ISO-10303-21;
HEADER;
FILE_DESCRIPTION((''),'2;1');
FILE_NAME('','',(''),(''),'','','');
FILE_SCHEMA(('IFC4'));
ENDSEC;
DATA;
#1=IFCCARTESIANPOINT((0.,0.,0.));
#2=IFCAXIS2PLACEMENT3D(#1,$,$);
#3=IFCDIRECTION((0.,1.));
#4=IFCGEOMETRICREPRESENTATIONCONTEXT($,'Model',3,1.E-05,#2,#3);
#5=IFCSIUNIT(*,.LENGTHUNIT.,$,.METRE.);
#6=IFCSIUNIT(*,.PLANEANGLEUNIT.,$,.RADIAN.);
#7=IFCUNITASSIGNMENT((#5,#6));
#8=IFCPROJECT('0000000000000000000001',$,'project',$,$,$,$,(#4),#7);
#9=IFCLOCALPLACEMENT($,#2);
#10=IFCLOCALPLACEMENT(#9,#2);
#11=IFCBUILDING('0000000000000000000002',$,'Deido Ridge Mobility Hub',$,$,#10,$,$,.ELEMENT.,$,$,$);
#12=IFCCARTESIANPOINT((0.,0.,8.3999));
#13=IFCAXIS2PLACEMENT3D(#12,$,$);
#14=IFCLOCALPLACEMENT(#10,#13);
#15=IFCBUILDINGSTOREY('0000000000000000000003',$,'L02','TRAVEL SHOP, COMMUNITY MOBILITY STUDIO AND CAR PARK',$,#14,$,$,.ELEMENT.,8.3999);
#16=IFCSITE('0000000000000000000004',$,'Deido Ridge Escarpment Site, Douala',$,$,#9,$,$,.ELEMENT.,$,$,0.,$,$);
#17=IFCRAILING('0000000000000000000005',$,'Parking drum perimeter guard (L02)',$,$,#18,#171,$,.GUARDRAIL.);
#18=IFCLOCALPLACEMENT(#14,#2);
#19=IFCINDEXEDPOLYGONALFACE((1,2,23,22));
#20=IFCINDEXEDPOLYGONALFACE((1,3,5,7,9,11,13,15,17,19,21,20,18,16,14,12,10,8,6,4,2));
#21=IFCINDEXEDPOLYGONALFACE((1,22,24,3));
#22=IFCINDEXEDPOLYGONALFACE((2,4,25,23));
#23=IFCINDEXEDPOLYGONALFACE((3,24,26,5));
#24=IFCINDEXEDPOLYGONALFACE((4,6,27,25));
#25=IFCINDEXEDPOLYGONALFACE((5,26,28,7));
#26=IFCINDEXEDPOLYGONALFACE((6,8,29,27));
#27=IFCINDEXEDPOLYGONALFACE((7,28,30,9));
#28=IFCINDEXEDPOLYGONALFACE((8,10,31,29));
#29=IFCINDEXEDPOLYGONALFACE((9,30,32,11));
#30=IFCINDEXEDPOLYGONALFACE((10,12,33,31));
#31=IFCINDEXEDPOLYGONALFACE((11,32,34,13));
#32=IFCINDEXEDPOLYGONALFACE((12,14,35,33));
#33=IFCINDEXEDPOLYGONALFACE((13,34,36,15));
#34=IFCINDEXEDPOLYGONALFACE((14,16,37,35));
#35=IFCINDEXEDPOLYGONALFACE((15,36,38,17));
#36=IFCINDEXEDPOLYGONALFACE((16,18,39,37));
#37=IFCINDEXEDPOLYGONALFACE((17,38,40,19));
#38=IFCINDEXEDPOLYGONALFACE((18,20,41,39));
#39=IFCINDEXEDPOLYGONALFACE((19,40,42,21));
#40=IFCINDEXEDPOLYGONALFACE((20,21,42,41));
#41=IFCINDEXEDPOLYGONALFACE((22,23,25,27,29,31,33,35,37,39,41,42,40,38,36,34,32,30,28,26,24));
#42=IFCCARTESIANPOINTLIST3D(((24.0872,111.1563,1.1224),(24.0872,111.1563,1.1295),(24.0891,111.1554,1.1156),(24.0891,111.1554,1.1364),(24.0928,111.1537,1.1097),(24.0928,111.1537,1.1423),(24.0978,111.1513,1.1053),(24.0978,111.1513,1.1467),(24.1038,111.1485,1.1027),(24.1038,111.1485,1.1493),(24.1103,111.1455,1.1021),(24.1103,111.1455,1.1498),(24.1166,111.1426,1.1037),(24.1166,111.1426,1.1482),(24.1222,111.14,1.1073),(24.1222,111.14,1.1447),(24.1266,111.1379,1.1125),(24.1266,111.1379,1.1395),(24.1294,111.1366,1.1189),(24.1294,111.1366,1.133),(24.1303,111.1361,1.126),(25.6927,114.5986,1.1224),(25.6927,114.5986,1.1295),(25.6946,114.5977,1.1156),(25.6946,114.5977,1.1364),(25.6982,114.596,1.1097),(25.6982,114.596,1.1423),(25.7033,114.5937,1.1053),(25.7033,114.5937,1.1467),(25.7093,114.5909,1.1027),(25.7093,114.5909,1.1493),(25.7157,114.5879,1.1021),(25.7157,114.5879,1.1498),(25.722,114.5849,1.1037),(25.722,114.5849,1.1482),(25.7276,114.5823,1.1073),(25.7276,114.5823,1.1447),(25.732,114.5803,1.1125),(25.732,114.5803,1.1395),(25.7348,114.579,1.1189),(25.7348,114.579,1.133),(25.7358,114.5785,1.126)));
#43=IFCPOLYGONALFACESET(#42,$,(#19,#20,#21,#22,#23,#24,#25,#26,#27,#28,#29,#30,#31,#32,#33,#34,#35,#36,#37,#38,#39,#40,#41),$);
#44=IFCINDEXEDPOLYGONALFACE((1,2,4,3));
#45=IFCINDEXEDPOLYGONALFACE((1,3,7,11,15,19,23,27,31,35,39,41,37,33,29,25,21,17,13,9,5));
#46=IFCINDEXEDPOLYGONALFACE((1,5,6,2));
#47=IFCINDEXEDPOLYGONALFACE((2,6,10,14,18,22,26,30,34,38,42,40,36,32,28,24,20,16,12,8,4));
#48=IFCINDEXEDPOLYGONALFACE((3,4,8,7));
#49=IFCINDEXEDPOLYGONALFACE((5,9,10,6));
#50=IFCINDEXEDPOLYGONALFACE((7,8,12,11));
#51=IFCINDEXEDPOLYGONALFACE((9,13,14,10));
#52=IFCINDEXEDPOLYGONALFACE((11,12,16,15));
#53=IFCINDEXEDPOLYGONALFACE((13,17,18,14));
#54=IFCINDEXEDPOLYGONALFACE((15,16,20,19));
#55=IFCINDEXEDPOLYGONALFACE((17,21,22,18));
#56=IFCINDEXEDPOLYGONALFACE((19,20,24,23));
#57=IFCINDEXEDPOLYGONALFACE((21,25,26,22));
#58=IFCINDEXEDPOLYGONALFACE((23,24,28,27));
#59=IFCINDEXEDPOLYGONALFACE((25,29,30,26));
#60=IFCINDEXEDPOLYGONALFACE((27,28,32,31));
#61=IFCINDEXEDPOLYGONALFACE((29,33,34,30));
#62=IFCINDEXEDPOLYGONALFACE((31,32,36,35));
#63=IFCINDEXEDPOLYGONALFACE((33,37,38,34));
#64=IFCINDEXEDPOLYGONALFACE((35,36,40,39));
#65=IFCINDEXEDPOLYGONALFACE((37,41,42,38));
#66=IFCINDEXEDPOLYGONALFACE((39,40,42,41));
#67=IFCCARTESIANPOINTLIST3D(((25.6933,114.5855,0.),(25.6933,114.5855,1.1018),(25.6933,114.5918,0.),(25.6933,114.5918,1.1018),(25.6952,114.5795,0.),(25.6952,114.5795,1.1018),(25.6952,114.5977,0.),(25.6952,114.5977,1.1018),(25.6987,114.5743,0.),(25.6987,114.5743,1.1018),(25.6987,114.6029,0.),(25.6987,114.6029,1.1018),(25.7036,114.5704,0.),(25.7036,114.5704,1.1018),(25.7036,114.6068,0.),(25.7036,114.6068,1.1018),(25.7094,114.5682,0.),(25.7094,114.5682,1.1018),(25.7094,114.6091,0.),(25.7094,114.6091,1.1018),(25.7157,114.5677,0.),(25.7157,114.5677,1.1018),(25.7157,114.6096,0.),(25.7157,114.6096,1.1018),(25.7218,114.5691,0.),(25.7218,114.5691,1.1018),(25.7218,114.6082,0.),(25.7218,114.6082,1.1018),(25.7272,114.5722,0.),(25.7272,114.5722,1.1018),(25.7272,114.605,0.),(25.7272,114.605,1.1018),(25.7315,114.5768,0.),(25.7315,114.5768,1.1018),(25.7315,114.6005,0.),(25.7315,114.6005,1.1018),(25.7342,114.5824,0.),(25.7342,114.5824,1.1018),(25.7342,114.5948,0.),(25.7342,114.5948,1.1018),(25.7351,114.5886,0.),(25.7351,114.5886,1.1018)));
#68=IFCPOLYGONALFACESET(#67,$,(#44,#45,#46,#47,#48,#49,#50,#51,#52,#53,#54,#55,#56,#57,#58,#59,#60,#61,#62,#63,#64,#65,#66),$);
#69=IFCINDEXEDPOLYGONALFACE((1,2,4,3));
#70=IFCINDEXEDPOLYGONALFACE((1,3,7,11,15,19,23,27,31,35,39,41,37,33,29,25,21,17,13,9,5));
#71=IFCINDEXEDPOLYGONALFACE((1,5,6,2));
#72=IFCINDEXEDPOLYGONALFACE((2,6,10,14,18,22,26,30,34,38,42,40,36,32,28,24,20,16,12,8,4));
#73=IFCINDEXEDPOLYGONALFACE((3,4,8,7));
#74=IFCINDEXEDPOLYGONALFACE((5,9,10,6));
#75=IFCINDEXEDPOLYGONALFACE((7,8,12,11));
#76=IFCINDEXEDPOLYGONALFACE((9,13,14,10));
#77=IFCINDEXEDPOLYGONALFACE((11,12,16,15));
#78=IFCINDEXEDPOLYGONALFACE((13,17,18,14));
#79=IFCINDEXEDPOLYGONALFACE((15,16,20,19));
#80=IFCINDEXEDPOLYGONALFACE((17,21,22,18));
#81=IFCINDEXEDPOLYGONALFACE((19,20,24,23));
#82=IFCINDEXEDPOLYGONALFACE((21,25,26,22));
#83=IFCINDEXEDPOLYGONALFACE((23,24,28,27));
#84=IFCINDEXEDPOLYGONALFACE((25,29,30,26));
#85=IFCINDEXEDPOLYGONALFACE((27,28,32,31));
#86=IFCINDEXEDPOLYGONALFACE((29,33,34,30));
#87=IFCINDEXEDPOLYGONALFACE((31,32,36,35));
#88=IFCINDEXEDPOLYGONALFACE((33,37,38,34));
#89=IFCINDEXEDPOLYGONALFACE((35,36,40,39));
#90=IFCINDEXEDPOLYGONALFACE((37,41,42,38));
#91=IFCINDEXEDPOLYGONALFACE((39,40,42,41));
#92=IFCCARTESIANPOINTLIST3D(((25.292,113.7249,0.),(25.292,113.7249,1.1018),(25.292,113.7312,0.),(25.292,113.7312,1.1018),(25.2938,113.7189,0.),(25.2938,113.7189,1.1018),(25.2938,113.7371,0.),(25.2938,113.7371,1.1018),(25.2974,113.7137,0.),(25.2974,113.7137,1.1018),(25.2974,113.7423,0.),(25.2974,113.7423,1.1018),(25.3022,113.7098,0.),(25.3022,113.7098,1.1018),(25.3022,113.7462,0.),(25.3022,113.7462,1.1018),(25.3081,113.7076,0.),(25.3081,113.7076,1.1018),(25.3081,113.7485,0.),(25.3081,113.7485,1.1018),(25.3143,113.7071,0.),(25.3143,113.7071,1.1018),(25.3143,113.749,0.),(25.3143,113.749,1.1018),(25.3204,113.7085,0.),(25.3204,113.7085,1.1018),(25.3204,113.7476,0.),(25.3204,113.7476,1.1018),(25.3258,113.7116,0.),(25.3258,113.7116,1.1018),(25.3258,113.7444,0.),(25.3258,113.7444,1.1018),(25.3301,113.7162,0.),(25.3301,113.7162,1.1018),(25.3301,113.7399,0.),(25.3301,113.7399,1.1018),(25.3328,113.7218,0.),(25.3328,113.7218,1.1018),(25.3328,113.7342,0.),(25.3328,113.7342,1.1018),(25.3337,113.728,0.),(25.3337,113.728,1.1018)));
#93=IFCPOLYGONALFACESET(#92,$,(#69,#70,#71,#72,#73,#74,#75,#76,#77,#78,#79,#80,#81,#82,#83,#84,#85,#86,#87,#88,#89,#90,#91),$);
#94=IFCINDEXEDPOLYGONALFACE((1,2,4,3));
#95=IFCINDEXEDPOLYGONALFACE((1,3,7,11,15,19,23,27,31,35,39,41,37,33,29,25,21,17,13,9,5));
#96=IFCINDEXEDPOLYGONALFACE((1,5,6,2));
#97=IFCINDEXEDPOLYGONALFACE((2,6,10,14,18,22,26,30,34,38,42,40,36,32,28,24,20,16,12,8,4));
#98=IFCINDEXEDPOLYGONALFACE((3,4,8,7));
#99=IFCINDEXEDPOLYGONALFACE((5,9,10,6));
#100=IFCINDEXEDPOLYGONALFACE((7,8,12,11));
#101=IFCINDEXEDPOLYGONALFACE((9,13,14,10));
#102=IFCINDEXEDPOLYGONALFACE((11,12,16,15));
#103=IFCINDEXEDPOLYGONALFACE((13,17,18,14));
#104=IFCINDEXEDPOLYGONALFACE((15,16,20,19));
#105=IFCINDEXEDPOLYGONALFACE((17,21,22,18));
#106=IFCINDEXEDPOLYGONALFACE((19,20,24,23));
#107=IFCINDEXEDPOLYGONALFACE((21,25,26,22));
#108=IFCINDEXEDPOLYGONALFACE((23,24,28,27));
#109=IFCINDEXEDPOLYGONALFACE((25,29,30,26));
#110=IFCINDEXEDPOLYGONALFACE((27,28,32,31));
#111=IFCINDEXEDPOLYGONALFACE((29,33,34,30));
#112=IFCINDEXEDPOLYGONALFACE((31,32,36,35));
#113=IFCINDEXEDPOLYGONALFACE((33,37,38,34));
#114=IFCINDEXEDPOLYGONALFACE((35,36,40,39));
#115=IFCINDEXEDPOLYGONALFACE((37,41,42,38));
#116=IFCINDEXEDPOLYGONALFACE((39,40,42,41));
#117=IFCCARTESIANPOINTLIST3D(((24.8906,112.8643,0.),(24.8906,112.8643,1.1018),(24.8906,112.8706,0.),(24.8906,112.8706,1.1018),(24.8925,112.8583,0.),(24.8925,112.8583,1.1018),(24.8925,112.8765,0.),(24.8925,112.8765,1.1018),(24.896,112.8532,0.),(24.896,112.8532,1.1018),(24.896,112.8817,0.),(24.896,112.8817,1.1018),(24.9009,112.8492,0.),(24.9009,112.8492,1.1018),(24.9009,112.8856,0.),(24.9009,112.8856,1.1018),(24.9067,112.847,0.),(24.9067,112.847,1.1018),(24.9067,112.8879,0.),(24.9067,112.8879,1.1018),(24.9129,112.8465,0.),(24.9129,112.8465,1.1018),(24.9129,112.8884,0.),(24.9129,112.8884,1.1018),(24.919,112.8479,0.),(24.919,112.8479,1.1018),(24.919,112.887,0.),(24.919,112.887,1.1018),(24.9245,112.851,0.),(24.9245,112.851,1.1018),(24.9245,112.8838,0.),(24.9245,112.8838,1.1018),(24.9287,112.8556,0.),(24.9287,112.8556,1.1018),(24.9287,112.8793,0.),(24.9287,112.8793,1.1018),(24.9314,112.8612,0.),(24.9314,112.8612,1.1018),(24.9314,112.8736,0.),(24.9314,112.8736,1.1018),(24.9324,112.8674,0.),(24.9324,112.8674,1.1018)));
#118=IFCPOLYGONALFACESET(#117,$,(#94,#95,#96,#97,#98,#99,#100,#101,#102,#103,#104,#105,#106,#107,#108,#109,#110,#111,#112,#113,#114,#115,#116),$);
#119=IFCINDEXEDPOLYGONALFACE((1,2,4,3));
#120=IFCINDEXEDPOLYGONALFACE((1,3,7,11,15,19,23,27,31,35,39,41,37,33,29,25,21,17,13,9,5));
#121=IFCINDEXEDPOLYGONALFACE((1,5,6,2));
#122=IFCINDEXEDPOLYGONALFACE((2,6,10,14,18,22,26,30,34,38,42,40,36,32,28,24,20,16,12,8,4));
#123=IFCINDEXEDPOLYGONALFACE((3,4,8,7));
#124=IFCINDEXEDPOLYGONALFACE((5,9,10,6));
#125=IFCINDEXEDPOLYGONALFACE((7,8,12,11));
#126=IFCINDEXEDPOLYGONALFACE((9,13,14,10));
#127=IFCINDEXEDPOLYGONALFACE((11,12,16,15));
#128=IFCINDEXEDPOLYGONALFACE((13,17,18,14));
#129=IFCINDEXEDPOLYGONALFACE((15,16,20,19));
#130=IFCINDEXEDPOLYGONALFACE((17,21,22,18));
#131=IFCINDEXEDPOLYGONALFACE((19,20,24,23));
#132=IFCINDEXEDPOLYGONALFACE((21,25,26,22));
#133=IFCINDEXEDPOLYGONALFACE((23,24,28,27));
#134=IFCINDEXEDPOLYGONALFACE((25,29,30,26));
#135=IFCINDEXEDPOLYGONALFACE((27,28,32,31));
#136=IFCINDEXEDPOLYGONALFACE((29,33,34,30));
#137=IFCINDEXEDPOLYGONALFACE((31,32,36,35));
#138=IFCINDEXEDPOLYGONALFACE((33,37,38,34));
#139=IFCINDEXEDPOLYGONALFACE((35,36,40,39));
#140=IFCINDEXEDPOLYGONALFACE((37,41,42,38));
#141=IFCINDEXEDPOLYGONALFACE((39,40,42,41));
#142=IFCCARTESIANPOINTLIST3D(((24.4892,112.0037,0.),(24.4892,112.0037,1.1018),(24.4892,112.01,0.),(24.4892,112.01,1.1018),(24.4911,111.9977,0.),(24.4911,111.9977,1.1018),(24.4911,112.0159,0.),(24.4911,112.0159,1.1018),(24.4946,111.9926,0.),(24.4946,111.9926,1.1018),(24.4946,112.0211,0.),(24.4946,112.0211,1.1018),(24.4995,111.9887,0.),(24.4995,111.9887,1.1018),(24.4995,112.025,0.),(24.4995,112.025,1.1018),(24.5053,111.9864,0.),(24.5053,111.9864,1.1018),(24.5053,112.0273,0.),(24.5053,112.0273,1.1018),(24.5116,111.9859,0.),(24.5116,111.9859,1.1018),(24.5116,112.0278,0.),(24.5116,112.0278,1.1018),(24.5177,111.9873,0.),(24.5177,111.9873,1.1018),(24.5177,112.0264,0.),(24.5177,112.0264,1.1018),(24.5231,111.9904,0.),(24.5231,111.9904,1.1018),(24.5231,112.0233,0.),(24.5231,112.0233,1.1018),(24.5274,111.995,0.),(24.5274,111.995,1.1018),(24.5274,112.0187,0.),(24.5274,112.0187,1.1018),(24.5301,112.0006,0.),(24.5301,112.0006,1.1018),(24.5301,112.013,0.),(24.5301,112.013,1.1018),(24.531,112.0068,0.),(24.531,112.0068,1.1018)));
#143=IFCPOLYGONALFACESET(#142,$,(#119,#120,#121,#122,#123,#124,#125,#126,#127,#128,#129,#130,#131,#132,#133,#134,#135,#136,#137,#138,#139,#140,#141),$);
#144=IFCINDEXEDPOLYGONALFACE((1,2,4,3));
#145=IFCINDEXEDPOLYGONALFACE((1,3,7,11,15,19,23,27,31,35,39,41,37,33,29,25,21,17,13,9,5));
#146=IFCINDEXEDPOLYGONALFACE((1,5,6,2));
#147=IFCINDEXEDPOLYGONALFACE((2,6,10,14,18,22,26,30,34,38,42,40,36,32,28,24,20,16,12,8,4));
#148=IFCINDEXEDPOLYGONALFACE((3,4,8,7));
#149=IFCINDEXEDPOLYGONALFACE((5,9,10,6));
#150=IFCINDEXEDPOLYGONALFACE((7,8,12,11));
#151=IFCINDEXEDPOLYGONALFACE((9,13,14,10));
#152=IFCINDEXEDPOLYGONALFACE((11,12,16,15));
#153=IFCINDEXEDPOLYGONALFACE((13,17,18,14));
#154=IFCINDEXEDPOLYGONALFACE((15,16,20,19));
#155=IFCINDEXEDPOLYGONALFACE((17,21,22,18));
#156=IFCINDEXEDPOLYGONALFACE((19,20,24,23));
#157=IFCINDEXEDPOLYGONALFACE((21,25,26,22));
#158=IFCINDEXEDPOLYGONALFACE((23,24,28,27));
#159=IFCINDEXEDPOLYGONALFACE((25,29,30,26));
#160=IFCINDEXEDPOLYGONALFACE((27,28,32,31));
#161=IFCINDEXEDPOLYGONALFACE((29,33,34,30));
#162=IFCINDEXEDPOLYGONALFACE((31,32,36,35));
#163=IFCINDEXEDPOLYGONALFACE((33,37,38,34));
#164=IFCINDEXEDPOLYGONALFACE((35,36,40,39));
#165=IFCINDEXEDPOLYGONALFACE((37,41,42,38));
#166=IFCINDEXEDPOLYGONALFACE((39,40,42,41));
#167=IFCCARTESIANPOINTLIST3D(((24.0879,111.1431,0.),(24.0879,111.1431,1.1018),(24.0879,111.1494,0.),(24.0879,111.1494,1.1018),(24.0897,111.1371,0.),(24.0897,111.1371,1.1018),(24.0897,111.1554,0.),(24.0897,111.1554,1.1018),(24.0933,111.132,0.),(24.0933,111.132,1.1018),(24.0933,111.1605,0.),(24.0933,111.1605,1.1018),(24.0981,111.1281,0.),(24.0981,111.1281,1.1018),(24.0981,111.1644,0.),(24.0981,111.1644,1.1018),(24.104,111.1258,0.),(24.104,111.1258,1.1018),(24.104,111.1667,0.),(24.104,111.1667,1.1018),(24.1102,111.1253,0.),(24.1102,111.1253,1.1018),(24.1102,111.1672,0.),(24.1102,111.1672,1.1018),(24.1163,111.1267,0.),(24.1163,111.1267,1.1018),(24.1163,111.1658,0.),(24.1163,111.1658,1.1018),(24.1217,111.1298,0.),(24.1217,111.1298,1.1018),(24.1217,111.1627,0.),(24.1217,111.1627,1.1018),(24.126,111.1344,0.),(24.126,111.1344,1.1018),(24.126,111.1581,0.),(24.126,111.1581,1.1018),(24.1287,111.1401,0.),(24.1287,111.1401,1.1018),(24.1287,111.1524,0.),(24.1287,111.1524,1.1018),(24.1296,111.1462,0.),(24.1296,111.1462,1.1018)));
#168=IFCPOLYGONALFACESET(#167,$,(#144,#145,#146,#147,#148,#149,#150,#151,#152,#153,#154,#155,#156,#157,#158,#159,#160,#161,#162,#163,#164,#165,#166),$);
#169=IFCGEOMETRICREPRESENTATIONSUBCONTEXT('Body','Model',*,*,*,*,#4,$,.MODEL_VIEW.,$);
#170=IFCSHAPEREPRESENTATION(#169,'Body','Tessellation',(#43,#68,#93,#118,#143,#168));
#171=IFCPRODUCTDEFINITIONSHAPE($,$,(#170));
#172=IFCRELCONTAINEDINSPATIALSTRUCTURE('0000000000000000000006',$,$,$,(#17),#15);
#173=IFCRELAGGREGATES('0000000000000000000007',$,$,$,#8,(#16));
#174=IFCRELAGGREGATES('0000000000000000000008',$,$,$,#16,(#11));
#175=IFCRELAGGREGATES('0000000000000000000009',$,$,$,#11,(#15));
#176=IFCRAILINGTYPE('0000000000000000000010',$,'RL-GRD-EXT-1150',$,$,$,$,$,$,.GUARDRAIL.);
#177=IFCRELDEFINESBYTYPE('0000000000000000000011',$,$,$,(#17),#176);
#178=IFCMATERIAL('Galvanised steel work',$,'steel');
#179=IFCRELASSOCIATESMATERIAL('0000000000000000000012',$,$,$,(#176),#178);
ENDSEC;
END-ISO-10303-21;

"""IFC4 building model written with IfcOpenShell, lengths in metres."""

from ifc_helpers import new_model, si_unit, direction, frame, origin, origin_2d, place, context, subcontext, project, spatial, circle, extrude, material, type_object, element, save


model = new_model("IFC4")

# Units and contexts
model_context = context("Model", 3, precision=1e-05, world=origin(), true_north=direction((0.0, 1.0)))
body_context = subcontext(model_context, "Body", "Model", "MODEL_VIEW")
ifc_project = project(units=[si_unit("LENGTHUNIT", "METRE"), si_unit("PLANEANGLEUNIT", "RADIAN")], contexts=[model_context])

# Site, building, storey
site_placement = place(None, origin())
site = spatial("IfcSite", under=ifc_project, at=site_placement, Name="Deido Ridge Escarpment Site, Douala", CompositionType="ELEMENT", RefElevation=0.0)
building_placement = place(site_placement, origin())
building = spatial("IfcBuilding", under=site, at=building_placement, Name="Deido Ridge Mobility Hub", CompositionType="ELEMENT")
storey_placement = place(building_placement, frame((0.0, 0.0, 8.3999)))
storey = spatial("IfcBuildingStorey", under=building, at=storey_placement, Name="L02", Description="TRAVEL SHOP, COMMUNITY MOBILITY STUDIO AND CAR PARK", CompositionType="ELEMENT", Elevation=8.3999)

# Railing
ifc_material_1 = material(Name="Galvanised steel work", Category="steel")
railing_type = type_object("IfcRailingType", Name="RL-GRD-EXT-1150", PredefinedType="GUARDRAIL", material=ifc_material_1)
railing_1_placement = place(storey_placement, frame((25.7141, 114.5886, 0.0)))
element("IfcRailing", 1, at=railing_1_placement, inside=storey, type_object=railing_type, Name="Parking drum perimeter guard (L02)", PredefinedType="GUARDRAIL", context=body_context, shape_type="SweptSolid", body=[
    extrude(circle(Radius=0.0239, at=origin_2d()), frame((0.0, 0.0, 1.126), z_axis=(-0.422674, -0.906282, 0.0), x_axis=(0.906282, -0.422674, 0.0)), (0.0, 0.0, 1.0), 3.7983),
    extrude(circle(Radius=0.021, at=origin_2d()), origin(), (0.0, 0.0, 1.0), 1.1018),
    extrude(circle(Radius=0.021, at=origin_2d()), frame((-0.4014, -0.8606, 0.0)), (0.0, 0.0, 1.0), 1.1018),
    extrude(circle(Radius=0.021, at=origin_2d()), frame((-0.8027, -1.7212, 0.0)), (0.0, 0.0, 1.0), 1.1018),
    extrude(circle(Radius=0.021, at=origin_2d()), frame((-1.2041, -2.5818, 0.0)), (0.0, 0.0, 1.0), 1.1018),
    extrude(circle(Radius=0.021, at=origin_2d()), frame((-1.6055, -3.4424, 0.0)), (0.0, 0.0, 1.0), 1.1018),
])

save(model, "model.ifc")
